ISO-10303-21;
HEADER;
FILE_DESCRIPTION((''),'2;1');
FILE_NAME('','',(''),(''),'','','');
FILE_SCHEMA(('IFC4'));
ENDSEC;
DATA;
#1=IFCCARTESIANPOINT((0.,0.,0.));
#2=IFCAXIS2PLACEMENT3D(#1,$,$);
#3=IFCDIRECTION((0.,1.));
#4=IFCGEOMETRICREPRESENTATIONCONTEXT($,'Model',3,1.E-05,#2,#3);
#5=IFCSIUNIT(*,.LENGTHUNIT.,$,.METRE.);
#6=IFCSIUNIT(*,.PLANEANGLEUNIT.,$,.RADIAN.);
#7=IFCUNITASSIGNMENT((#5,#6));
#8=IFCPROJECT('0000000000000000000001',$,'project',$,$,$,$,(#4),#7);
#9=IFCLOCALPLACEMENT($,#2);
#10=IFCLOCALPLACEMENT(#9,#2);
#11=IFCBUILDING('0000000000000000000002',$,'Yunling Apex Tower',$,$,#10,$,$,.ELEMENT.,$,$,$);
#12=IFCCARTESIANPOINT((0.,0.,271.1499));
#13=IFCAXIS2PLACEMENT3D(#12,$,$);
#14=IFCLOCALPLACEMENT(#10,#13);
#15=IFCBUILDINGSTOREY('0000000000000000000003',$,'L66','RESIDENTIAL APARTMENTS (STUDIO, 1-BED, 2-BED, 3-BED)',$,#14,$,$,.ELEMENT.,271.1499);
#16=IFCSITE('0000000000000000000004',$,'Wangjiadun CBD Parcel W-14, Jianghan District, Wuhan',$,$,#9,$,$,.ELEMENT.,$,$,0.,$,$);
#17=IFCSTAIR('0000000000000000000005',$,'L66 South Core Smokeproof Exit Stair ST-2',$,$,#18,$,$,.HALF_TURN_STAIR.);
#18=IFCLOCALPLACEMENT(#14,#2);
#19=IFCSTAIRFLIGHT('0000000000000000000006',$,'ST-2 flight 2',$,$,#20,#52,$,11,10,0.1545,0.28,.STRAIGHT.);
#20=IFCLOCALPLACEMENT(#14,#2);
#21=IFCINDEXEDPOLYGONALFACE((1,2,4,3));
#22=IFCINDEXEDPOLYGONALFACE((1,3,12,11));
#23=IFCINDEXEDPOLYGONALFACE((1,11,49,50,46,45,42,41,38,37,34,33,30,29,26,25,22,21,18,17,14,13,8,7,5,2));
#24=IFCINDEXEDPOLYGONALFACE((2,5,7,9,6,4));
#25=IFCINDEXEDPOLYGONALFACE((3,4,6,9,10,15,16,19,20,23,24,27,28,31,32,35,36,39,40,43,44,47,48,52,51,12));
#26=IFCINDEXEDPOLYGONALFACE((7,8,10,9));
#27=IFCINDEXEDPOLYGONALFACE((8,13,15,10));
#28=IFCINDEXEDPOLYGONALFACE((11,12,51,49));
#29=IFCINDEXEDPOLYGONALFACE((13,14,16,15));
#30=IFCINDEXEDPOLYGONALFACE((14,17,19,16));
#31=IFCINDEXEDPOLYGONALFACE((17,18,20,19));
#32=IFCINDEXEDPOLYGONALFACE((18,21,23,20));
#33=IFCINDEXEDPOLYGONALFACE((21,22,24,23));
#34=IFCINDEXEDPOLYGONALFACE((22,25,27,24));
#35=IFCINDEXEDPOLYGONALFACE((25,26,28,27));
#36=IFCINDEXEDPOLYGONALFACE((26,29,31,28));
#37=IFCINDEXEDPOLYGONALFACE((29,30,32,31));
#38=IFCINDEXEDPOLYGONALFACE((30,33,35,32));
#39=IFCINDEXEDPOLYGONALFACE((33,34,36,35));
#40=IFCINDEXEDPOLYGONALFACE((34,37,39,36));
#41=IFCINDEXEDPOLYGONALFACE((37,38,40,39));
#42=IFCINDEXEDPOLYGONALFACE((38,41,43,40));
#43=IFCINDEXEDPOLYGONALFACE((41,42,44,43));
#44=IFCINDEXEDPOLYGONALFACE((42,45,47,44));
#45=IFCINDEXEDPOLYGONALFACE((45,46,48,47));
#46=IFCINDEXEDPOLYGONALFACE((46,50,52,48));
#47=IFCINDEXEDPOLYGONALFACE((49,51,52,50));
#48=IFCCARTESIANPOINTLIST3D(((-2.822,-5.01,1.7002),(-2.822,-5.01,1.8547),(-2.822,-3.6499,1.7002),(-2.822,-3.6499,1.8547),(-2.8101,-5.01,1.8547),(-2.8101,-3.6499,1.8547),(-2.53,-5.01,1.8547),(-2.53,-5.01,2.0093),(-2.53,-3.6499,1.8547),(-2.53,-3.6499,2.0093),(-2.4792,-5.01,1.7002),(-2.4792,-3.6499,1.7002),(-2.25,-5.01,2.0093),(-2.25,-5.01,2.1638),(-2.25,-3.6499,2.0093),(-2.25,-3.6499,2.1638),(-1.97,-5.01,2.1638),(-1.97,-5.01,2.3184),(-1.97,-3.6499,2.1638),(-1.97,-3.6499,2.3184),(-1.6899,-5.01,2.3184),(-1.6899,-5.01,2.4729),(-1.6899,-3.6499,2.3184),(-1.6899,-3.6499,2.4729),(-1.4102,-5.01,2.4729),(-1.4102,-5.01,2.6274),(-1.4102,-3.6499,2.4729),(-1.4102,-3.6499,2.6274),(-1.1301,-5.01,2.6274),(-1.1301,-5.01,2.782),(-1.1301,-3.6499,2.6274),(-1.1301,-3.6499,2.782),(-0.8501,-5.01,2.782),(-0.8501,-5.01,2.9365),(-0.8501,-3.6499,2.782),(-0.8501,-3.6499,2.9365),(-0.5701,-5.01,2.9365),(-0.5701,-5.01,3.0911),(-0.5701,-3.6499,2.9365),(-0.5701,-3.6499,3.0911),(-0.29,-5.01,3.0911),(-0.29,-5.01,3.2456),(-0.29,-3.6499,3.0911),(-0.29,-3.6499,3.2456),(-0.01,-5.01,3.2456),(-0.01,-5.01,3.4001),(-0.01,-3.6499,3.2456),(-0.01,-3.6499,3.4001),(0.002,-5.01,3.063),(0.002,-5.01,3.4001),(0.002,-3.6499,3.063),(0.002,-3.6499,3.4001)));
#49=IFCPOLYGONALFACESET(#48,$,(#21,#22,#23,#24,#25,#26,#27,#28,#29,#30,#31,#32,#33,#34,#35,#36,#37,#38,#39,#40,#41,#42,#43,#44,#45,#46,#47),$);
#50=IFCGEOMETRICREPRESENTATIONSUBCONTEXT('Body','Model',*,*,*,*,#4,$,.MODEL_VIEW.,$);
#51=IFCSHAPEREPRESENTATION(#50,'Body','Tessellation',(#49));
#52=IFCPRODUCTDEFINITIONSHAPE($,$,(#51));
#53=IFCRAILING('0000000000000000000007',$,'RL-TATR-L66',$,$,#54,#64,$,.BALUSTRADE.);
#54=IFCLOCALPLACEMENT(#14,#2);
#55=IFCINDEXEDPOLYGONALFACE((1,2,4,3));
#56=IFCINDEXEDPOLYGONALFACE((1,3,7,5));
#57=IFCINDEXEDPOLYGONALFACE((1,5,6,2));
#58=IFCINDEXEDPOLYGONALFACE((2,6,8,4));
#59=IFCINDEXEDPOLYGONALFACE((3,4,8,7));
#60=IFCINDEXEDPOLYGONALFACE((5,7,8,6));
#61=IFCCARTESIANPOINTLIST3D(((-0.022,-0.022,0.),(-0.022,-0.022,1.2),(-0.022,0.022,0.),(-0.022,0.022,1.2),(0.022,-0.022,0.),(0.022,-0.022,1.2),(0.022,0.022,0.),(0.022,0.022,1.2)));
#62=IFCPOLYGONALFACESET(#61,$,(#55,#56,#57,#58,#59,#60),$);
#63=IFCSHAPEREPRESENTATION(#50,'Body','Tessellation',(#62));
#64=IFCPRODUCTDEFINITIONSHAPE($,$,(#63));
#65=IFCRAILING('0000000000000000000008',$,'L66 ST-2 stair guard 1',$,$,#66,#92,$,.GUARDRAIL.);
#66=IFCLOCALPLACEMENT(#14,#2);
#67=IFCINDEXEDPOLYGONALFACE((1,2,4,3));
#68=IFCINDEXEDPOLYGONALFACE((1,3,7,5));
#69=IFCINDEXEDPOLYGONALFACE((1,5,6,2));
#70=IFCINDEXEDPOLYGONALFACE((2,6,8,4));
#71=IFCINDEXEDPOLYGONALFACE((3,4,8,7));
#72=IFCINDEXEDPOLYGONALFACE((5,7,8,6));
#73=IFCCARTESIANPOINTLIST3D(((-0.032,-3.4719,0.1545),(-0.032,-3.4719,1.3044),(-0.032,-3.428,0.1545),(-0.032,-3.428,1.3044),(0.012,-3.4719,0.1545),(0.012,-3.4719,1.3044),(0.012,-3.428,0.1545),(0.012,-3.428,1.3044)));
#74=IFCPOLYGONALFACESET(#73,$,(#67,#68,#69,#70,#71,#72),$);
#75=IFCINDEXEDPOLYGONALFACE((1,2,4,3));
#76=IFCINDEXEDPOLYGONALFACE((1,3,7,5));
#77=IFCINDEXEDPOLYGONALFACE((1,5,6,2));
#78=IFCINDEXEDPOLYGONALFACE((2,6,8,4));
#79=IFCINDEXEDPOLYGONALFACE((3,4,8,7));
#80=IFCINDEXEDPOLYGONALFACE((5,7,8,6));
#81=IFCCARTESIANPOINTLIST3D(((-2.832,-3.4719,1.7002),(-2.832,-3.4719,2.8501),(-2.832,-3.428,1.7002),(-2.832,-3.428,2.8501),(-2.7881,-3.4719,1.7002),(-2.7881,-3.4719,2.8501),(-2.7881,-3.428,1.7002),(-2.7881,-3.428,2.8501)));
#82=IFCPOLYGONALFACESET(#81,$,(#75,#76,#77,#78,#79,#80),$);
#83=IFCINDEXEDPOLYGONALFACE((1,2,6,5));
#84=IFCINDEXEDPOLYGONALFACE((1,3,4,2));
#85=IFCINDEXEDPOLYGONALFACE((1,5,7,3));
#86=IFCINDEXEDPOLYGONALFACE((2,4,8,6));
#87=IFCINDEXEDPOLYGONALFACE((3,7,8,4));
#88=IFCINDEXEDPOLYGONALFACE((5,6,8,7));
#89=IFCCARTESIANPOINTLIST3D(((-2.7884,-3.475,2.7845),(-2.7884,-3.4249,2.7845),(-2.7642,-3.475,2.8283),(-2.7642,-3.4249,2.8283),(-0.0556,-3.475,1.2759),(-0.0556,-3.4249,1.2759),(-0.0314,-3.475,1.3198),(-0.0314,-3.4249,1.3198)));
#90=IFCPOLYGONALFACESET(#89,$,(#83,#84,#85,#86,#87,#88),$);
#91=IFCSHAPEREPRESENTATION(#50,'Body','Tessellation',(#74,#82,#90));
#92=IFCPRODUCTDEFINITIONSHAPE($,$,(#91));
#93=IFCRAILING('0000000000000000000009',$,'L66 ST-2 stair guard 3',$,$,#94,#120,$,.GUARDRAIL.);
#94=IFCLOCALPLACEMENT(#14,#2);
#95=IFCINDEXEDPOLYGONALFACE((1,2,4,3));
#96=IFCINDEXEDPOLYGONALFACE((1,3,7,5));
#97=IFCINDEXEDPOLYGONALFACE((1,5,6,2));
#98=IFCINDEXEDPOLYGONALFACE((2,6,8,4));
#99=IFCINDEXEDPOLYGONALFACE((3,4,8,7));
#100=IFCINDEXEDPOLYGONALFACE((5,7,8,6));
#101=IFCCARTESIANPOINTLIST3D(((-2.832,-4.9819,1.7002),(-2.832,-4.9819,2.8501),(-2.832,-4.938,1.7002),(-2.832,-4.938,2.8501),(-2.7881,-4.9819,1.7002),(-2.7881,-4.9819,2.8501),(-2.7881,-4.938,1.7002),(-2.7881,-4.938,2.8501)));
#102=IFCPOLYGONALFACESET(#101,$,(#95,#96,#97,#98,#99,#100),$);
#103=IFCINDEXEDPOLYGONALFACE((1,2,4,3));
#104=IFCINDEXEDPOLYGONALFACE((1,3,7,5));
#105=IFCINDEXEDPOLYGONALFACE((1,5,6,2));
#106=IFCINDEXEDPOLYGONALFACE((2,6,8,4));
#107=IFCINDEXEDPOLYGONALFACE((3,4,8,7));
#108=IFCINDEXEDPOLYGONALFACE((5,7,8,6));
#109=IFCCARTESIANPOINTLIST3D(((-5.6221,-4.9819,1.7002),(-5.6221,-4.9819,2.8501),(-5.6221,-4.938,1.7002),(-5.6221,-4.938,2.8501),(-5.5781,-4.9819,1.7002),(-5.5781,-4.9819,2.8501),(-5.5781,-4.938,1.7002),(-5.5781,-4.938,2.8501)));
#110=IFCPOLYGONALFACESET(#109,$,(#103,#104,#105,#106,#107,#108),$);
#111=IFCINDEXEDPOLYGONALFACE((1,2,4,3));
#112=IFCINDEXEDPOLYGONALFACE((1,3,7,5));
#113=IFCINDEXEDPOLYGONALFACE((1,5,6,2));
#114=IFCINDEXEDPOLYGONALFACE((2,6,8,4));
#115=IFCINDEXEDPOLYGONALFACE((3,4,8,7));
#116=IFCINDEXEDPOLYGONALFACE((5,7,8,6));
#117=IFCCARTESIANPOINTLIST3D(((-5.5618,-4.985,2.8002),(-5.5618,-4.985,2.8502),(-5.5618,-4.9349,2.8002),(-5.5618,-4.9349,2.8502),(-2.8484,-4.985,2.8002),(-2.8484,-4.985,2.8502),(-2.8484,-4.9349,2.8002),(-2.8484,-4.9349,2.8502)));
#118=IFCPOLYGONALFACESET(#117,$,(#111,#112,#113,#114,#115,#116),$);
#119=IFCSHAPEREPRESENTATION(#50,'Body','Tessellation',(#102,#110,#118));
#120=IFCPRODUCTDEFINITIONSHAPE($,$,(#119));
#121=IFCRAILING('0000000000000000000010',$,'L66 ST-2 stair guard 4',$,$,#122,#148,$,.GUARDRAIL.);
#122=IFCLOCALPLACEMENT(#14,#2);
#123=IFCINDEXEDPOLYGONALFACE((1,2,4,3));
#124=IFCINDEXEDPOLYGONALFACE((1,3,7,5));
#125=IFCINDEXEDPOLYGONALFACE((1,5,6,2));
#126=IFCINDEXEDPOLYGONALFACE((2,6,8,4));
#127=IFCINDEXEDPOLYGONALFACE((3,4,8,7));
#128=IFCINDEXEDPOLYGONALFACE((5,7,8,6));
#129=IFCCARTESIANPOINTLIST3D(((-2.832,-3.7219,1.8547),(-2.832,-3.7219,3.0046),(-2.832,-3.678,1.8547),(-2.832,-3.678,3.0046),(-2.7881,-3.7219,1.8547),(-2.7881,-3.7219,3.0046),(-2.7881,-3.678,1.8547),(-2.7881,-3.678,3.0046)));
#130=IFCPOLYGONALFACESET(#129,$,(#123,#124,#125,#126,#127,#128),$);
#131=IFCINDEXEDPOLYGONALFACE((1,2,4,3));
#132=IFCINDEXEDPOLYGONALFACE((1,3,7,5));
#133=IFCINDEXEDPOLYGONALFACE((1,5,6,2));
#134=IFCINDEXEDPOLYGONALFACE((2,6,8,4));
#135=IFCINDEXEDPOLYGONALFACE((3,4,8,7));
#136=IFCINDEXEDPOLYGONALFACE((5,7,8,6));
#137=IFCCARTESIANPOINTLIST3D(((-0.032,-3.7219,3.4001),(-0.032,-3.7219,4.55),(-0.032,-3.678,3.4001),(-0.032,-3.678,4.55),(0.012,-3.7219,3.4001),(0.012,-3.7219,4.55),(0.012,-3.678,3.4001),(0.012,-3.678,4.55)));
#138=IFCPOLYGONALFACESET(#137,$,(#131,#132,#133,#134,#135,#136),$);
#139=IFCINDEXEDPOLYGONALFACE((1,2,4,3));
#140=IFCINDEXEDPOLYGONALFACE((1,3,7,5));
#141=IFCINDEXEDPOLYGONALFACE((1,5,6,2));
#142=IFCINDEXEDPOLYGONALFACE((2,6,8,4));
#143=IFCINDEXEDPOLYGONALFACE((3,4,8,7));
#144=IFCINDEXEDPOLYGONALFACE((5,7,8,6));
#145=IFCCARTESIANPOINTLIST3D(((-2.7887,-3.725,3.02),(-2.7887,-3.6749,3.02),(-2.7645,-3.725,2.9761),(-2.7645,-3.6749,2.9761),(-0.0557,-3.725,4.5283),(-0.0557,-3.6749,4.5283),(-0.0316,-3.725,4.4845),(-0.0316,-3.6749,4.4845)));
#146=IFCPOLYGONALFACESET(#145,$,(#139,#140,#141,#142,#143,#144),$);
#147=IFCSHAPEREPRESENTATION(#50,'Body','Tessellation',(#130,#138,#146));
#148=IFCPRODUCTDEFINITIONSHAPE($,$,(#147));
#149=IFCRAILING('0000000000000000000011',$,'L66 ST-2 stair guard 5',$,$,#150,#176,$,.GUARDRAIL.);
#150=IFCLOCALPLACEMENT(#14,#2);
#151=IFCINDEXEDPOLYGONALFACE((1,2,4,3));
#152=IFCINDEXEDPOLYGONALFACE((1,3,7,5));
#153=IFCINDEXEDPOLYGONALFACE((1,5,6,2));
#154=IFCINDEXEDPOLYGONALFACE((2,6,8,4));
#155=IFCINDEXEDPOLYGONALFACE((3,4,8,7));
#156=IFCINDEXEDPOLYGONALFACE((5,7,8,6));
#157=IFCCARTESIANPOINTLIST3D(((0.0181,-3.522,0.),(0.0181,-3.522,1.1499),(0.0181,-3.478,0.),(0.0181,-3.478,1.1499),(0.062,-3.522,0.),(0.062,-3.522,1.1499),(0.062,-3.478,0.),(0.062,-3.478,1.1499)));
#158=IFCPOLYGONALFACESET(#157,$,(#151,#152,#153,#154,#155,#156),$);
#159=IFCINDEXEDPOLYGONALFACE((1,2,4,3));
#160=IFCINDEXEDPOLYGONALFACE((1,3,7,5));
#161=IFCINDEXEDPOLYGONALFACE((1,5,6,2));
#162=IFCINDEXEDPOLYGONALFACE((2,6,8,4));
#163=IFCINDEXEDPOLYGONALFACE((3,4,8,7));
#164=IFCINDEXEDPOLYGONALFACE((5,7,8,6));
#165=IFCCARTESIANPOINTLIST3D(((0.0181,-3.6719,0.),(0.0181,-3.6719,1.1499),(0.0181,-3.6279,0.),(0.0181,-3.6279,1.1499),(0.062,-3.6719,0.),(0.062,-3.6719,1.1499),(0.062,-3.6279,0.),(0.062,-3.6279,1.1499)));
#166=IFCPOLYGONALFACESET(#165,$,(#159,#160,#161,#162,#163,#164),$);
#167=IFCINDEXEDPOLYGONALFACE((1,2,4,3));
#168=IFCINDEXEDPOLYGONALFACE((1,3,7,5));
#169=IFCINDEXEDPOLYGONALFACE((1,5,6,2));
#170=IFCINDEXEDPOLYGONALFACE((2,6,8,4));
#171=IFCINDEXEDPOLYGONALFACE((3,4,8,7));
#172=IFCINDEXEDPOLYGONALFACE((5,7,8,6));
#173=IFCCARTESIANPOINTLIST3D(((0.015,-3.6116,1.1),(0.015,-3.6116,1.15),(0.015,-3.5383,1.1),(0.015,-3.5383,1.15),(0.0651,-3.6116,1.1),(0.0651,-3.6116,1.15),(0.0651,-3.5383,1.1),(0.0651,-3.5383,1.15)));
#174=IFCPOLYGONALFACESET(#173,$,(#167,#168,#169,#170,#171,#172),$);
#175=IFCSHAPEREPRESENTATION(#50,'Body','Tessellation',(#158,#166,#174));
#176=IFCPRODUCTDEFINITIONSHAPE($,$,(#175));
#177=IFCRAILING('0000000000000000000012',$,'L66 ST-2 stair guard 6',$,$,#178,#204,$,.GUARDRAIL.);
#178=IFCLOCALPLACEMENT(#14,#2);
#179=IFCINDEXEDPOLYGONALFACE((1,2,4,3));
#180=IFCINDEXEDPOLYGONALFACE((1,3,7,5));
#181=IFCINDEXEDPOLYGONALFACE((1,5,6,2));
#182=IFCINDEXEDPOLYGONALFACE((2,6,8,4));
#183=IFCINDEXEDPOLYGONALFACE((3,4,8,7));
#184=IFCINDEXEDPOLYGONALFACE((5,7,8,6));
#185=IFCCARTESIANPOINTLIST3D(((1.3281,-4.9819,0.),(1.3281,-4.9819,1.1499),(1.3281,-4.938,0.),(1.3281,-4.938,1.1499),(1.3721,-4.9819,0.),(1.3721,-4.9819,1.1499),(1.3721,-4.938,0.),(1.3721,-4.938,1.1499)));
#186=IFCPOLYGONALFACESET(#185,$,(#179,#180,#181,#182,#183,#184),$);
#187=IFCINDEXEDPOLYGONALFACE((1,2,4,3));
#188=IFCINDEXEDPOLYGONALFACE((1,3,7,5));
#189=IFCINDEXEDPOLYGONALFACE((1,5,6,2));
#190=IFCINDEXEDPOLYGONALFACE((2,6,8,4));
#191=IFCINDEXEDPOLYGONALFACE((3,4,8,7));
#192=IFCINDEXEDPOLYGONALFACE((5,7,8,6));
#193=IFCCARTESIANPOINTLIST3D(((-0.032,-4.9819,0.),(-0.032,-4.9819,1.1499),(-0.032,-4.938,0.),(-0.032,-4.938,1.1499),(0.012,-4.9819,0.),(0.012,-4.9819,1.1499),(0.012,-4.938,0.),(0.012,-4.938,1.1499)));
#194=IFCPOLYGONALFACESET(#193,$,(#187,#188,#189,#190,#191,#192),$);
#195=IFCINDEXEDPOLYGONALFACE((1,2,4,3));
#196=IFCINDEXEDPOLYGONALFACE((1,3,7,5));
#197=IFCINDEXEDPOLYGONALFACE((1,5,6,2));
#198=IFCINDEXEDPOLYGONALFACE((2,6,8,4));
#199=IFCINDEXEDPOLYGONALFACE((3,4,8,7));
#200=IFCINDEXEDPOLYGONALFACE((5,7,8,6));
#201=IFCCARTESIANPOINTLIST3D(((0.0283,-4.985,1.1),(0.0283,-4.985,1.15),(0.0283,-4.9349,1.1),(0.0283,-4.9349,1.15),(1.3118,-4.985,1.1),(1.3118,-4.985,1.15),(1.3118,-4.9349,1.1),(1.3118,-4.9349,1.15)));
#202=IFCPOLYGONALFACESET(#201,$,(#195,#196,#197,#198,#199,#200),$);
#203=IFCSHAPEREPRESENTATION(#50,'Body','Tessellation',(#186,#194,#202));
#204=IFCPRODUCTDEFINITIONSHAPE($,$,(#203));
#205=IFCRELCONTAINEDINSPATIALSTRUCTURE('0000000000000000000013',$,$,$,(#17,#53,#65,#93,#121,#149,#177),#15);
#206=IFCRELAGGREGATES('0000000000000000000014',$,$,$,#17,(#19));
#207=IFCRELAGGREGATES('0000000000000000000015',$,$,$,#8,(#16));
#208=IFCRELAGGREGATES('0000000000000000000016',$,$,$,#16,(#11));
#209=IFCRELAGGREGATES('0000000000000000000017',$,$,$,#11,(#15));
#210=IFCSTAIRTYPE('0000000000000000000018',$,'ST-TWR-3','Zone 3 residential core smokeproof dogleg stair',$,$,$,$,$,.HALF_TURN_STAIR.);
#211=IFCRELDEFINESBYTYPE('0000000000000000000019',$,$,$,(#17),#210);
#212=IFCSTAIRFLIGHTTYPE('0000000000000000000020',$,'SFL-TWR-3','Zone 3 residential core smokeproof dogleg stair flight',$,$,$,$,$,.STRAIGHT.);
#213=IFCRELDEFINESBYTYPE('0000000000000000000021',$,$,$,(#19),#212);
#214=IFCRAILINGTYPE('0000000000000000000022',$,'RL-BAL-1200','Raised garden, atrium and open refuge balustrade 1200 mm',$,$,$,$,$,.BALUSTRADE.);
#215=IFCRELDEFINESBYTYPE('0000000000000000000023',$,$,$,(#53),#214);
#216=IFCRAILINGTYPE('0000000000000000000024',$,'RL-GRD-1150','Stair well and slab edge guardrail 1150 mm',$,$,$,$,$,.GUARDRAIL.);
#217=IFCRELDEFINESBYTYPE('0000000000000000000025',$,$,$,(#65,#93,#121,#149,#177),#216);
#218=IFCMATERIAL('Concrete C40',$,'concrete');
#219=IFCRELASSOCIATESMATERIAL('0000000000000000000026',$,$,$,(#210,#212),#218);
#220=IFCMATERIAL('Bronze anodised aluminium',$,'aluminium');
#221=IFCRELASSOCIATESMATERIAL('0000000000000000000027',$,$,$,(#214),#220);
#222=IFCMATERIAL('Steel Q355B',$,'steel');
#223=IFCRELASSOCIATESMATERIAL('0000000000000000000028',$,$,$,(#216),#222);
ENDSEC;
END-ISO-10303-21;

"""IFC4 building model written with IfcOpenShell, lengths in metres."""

from ifc_helpers import new_model, si_unit, direction, frame, origin, origin_2d, place, context, subcontext, project, spatial, polyline, rectangle, outline, extrude, material, type_object, element, aggregate, save


model = new_model("IFC4")

# Units and contexts
model_context = context("Model", 3, precision=1e-05, world=origin(), true_north=direction((0.0, 1.0)))
body_context = subcontext(model_context, "Body", "Model", "MODEL_VIEW")
ifc_project = project(units=[si_unit("LENGTHUNIT", "METRE"), si_unit("PLANEANGLEUNIT", "RADIAN")], contexts=[model_context])

# Site, building, storey
site_placement = place(None, origin())
site = spatial("IfcSite", under=ifc_project, at=site_placement, Name="Wangjiadun CBD Parcel W-14, Jianghan District, Wuhan", CompositionType="ELEMENT", RefElevation=0.0)
building_placement = place(site_placement, origin())
building = spatial("IfcBuilding", under=site, at=building_placement, Name="Yunling Apex Tower", CompositionType="ELEMENT")
storey_placement = place(building_placement, frame((0.0, 0.0, 271.1499)))
storey = spatial("IfcBuildingStorey", under=building, at=storey_placement, Name="L66", Description="RESIDENTIAL APARTMENTS (STUDIO, 1-BED, 2-BED, 3-BED)", CompositionType="ELEMENT", Elevation=271.1499)

# Shared definitions
ifc_material_1 = material(Name="Steel Q355B", Category="steel")

# Shared definitions
ifc_material_2 = material(Name="Bronze anodised aluminium", Category="aluminium")

# Shared definitions
ifc_material_3 = material(Name="Concrete C40", Category="concrete")

# Stair
stair_type = type_object("IfcStairType", Name="ST-TWR-3", Description="Zone 3 residential core smokeproof dogleg stair", PredefinedType="HALF_TURN_STAIR", material=ifc_material_3)
stair_1_placement = place(storey_placement, origin())
stair_1 = element("IfcStair", 1, at=stair_1_placement, inside=storey, type_object=stair_type, Name="L66 South Core Smokeproof Exit Stair ST-2", PredefinedType="HALF_TURN_STAIR")

# Stair flight
stair_flight_type = type_object("IfcStairFlightType", Name="SFL-TWR-3", Description="Zone 3 residential core smokeproof dogleg stair flight", PredefinedType="STRAIGHT", material=ifc_material_3)
stair_flight_1_placement = place(storey_placement, frame((-2.8101, -4.3301, 1.7002), z_axis=(0.0, 0.0, 1.0), x_axis=(1.0, 0.0, 0.0)))
stair_flight_1 = element("IfcStairFlight", 2, at=stair_flight_1_placement, type_object=stair_flight_type, Name="ST-2 flight 2", NumberOfRisers=11, NumberOfTreads=10, PredefinedType="STRAIGHT", RiserHeight=0.1545, TreadLength=0.28, context=body_context, shape_type="SweptSolid", body=[
    extrude(outline(polyline([(-0.012, 0.0), (-0.012, 0.1545), (0.0, 0.1545), (0.28, 0.1545), (0.28, 0.3091), (0.5601, 0.3091), (0.5601, 0.4636), (0.8401, 0.4636), (0.8401, 0.6182), (1.1201, 0.6182), (1.1201, 0.7727), (1.3999, 0.7727), (1.3999, 0.9272), (1.6799, 0.9272), (1.6799, 1.0818), (1.96, 1.0818), (1.96, 1.2363), (2.24, 1.2363), (2.24, 1.3909), (2.52, 1.3909), (2.52, 1.5454), (2.8, 1.5454), (2.8, 1.7), (2.812, 1.7), (2.812, 1.3628), (0.3308, 0.0), (-0.012, 0.0)])), frame((0.0, 0.6802, 0.0), z_axis=(0.0, -1.0, 0.0), x_axis=(1.0, 0.0, 0.0)), (0.0, 0.0, 1.0), 1.3601),
])
aggregate(stair_1, [stair_flight_1])

# Railings
railing_type_1 = type_object("IfcRailingType", Name="RL-BAL-1200", Description="Raised garden, atrium and open refuge balustrade 1200 mm", PredefinedType="BALUSTRADE", material=ifc_material_2)
railing_1_placement = place(storey_placement, origin())
element("IfcRailing", 3, at=railing_1_placement, inside=storey, type_object=railing_type_1, Name="RL-TATR-L66", PredefinedType="BALUSTRADE", context=body_context, shape_type="SweptSolid", body=[
    extrude(rectangle(XDim=0.0439, YDim=0.0439, at=origin_2d()), origin(), (0.0, 0.0, 1.0), 1.2),
])
railing_type_2 = type_object("IfcRailingType", Name="RL-GRD-1150", Description="Stair well and slab edge guardrail 1150 mm", PredefinedType="GUARDRAIL", material=ifc_material_1)
railing_2_placement = place(storey_placement, frame((-0.01, -3.45, 0.1545)))
element("IfcRailing", 4, at=railing_2_placement, inside=storey, type_object=railing_type_2, Name="L66 ST-2 stair guard 1", PredefinedType="GUARDRAIL", context=body_context, shape_type="SweptSolid", body=[
    extrude(rectangle(XDim=0.0439, YDim=0.0439, at=origin_2d()), origin(), (0.0, 0.0, 1.0), 1.1499),
    extrude(rectangle(XDim=0.0439, YDim=0.0439, at=origin_2d()), frame((-2.8, 0.0, 1.5457)), (0.0, 0.0, 1.0), 1.1499),
    extrude(rectangle(XDim=0.05, YDim=0.05, at=origin_2d()), frame((-0.0334, 0.0, 1.1433), z_axis=(-0.875472, 0.0, 0.483269), x_axis=(0.0, -1.0, 0.0)), (0.0, 0.0, 1.0), 3.1216),
])
railing_3_placement = place(storey_placement, frame((-2.8101, -4.96, 1.7002)))
element("IfcRailing", 5, at=railing_3_placement, inside=storey, type_object=railing_type_2, Name="L66 ST-2 stair guard 3", PredefinedType="GUARDRAIL", context=body_context, shape_type="SweptSolid", body=[
    extrude(rectangle(XDim=0.0439, YDim=0.0439, at=origin_2d()), origin(), (0.0, 0.0, 1.0), 1.1499),
    extrude(rectangle(XDim=0.0439, YDim=0.0439, at=origin_2d()), frame((-2.79, 0.0, 0.0)), (0.0, 0.0, 1.0), 1.1499),
    extrude(rectangle(XDim=0.05, YDim=0.05, at=origin_2d()), frame((-0.0383, 0.0, 1.125), z_axis=(-1.0, 0.0, 0.0), x_axis=(0.0, -1.0, 0.0)), (0.0, 0.0, 1.0), 2.7134),
])
railing_4_placement = place(storey_placement, frame((-2.8101, -3.7, 1.8547)))
element("IfcRailing", 6, at=railing_4_placement, inside=storey, type_object=railing_type_2, Name="L66 ST-2 stair guard 4", PredefinedType="GUARDRAIL", context=body_context, shape_type="SweptSolid", body=[
    extrude(rectangle(XDim=0.0439, YDim=0.0439, at=origin_2d()), origin(), (0.0, 0.0, 1.0), 1.1499),
    extrude(rectangle(XDim=0.0439, YDim=0.0439, at=origin_2d()), frame((2.8, 0.0, 1.5454)), (0.0, 0.0, 1.0), 1.1499),
    extrude(rectangle(XDim=0.05, YDim=0.05, at=origin_2d()), frame((0.0334, 0.0, 1.1433), z_axis=(0.875504, 0.0, 0.483211), x_axis=(0.0, 1.0, 0.0)), (0.0, 0.0, 1.0), 3.1216),
])
railing_5_placement = place(storey_placement, frame((0.04, -3.5, 0.0)))
element("IfcRailing", 7, at=railing_5_placement, inside=storey, type_object=railing_type_2, Name="L66 ST-2 stair guard 5", PredefinedType="GUARDRAIL", context=body_context, shape_type="SweptSolid", body=[
    extrude(rectangle(XDim=0.0439, YDim=0.0439, at=origin_2d()), origin(), (0.0, 0.0, 1.0), 1.1499),
    extrude(rectangle(XDim=0.0439, YDim=0.0439, at=origin_2d()), frame((0.0, -0.1499, 0.0)), (0.0, 0.0, 1.0), 1.1499),
    extrude(rectangle(XDim=0.05, YDim=0.05, at=origin_2d()), frame((0.0, -0.0383, 1.125), z_axis=(0.0, -1.0, 0.0), x_axis=(1.0, 0.0, 0.0)), (0.0, 0.0, 1.0), 0.0732),
])
railing_6_placement = place(storey_placement, frame((1.3501, -4.96, 0.0)))
element("IfcRailing", 8, at=railing_6_placement, inside=storey, type_object=railing_type_2, Name="L66 ST-2 stair guard 6", PredefinedType="GUARDRAIL", context=body_context, shape_type="SweptSolid", body=[
    extrude(rectangle(XDim=0.0439, YDim=0.0439, at=origin_2d()), origin(), (0.0, 0.0, 1.0), 1.1499),
    extrude(rectangle(XDim=0.0439, YDim=0.0439, at=origin_2d()), frame((-1.3601, 0.0, 0.0)), (0.0, 0.0, 1.0), 1.1499),
    extrude(rectangle(XDim=0.05, YDim=0.05, at=origin_2d()), frame((-0.0383, 0.0, 1.125), z_axis=(-1.0, 0.0, 0.0), x_axis=(0.0, -1.0, 0.0)), (0.0, 0.0, 1.0), 1.2834),
])

save(model, "model.ifc")
